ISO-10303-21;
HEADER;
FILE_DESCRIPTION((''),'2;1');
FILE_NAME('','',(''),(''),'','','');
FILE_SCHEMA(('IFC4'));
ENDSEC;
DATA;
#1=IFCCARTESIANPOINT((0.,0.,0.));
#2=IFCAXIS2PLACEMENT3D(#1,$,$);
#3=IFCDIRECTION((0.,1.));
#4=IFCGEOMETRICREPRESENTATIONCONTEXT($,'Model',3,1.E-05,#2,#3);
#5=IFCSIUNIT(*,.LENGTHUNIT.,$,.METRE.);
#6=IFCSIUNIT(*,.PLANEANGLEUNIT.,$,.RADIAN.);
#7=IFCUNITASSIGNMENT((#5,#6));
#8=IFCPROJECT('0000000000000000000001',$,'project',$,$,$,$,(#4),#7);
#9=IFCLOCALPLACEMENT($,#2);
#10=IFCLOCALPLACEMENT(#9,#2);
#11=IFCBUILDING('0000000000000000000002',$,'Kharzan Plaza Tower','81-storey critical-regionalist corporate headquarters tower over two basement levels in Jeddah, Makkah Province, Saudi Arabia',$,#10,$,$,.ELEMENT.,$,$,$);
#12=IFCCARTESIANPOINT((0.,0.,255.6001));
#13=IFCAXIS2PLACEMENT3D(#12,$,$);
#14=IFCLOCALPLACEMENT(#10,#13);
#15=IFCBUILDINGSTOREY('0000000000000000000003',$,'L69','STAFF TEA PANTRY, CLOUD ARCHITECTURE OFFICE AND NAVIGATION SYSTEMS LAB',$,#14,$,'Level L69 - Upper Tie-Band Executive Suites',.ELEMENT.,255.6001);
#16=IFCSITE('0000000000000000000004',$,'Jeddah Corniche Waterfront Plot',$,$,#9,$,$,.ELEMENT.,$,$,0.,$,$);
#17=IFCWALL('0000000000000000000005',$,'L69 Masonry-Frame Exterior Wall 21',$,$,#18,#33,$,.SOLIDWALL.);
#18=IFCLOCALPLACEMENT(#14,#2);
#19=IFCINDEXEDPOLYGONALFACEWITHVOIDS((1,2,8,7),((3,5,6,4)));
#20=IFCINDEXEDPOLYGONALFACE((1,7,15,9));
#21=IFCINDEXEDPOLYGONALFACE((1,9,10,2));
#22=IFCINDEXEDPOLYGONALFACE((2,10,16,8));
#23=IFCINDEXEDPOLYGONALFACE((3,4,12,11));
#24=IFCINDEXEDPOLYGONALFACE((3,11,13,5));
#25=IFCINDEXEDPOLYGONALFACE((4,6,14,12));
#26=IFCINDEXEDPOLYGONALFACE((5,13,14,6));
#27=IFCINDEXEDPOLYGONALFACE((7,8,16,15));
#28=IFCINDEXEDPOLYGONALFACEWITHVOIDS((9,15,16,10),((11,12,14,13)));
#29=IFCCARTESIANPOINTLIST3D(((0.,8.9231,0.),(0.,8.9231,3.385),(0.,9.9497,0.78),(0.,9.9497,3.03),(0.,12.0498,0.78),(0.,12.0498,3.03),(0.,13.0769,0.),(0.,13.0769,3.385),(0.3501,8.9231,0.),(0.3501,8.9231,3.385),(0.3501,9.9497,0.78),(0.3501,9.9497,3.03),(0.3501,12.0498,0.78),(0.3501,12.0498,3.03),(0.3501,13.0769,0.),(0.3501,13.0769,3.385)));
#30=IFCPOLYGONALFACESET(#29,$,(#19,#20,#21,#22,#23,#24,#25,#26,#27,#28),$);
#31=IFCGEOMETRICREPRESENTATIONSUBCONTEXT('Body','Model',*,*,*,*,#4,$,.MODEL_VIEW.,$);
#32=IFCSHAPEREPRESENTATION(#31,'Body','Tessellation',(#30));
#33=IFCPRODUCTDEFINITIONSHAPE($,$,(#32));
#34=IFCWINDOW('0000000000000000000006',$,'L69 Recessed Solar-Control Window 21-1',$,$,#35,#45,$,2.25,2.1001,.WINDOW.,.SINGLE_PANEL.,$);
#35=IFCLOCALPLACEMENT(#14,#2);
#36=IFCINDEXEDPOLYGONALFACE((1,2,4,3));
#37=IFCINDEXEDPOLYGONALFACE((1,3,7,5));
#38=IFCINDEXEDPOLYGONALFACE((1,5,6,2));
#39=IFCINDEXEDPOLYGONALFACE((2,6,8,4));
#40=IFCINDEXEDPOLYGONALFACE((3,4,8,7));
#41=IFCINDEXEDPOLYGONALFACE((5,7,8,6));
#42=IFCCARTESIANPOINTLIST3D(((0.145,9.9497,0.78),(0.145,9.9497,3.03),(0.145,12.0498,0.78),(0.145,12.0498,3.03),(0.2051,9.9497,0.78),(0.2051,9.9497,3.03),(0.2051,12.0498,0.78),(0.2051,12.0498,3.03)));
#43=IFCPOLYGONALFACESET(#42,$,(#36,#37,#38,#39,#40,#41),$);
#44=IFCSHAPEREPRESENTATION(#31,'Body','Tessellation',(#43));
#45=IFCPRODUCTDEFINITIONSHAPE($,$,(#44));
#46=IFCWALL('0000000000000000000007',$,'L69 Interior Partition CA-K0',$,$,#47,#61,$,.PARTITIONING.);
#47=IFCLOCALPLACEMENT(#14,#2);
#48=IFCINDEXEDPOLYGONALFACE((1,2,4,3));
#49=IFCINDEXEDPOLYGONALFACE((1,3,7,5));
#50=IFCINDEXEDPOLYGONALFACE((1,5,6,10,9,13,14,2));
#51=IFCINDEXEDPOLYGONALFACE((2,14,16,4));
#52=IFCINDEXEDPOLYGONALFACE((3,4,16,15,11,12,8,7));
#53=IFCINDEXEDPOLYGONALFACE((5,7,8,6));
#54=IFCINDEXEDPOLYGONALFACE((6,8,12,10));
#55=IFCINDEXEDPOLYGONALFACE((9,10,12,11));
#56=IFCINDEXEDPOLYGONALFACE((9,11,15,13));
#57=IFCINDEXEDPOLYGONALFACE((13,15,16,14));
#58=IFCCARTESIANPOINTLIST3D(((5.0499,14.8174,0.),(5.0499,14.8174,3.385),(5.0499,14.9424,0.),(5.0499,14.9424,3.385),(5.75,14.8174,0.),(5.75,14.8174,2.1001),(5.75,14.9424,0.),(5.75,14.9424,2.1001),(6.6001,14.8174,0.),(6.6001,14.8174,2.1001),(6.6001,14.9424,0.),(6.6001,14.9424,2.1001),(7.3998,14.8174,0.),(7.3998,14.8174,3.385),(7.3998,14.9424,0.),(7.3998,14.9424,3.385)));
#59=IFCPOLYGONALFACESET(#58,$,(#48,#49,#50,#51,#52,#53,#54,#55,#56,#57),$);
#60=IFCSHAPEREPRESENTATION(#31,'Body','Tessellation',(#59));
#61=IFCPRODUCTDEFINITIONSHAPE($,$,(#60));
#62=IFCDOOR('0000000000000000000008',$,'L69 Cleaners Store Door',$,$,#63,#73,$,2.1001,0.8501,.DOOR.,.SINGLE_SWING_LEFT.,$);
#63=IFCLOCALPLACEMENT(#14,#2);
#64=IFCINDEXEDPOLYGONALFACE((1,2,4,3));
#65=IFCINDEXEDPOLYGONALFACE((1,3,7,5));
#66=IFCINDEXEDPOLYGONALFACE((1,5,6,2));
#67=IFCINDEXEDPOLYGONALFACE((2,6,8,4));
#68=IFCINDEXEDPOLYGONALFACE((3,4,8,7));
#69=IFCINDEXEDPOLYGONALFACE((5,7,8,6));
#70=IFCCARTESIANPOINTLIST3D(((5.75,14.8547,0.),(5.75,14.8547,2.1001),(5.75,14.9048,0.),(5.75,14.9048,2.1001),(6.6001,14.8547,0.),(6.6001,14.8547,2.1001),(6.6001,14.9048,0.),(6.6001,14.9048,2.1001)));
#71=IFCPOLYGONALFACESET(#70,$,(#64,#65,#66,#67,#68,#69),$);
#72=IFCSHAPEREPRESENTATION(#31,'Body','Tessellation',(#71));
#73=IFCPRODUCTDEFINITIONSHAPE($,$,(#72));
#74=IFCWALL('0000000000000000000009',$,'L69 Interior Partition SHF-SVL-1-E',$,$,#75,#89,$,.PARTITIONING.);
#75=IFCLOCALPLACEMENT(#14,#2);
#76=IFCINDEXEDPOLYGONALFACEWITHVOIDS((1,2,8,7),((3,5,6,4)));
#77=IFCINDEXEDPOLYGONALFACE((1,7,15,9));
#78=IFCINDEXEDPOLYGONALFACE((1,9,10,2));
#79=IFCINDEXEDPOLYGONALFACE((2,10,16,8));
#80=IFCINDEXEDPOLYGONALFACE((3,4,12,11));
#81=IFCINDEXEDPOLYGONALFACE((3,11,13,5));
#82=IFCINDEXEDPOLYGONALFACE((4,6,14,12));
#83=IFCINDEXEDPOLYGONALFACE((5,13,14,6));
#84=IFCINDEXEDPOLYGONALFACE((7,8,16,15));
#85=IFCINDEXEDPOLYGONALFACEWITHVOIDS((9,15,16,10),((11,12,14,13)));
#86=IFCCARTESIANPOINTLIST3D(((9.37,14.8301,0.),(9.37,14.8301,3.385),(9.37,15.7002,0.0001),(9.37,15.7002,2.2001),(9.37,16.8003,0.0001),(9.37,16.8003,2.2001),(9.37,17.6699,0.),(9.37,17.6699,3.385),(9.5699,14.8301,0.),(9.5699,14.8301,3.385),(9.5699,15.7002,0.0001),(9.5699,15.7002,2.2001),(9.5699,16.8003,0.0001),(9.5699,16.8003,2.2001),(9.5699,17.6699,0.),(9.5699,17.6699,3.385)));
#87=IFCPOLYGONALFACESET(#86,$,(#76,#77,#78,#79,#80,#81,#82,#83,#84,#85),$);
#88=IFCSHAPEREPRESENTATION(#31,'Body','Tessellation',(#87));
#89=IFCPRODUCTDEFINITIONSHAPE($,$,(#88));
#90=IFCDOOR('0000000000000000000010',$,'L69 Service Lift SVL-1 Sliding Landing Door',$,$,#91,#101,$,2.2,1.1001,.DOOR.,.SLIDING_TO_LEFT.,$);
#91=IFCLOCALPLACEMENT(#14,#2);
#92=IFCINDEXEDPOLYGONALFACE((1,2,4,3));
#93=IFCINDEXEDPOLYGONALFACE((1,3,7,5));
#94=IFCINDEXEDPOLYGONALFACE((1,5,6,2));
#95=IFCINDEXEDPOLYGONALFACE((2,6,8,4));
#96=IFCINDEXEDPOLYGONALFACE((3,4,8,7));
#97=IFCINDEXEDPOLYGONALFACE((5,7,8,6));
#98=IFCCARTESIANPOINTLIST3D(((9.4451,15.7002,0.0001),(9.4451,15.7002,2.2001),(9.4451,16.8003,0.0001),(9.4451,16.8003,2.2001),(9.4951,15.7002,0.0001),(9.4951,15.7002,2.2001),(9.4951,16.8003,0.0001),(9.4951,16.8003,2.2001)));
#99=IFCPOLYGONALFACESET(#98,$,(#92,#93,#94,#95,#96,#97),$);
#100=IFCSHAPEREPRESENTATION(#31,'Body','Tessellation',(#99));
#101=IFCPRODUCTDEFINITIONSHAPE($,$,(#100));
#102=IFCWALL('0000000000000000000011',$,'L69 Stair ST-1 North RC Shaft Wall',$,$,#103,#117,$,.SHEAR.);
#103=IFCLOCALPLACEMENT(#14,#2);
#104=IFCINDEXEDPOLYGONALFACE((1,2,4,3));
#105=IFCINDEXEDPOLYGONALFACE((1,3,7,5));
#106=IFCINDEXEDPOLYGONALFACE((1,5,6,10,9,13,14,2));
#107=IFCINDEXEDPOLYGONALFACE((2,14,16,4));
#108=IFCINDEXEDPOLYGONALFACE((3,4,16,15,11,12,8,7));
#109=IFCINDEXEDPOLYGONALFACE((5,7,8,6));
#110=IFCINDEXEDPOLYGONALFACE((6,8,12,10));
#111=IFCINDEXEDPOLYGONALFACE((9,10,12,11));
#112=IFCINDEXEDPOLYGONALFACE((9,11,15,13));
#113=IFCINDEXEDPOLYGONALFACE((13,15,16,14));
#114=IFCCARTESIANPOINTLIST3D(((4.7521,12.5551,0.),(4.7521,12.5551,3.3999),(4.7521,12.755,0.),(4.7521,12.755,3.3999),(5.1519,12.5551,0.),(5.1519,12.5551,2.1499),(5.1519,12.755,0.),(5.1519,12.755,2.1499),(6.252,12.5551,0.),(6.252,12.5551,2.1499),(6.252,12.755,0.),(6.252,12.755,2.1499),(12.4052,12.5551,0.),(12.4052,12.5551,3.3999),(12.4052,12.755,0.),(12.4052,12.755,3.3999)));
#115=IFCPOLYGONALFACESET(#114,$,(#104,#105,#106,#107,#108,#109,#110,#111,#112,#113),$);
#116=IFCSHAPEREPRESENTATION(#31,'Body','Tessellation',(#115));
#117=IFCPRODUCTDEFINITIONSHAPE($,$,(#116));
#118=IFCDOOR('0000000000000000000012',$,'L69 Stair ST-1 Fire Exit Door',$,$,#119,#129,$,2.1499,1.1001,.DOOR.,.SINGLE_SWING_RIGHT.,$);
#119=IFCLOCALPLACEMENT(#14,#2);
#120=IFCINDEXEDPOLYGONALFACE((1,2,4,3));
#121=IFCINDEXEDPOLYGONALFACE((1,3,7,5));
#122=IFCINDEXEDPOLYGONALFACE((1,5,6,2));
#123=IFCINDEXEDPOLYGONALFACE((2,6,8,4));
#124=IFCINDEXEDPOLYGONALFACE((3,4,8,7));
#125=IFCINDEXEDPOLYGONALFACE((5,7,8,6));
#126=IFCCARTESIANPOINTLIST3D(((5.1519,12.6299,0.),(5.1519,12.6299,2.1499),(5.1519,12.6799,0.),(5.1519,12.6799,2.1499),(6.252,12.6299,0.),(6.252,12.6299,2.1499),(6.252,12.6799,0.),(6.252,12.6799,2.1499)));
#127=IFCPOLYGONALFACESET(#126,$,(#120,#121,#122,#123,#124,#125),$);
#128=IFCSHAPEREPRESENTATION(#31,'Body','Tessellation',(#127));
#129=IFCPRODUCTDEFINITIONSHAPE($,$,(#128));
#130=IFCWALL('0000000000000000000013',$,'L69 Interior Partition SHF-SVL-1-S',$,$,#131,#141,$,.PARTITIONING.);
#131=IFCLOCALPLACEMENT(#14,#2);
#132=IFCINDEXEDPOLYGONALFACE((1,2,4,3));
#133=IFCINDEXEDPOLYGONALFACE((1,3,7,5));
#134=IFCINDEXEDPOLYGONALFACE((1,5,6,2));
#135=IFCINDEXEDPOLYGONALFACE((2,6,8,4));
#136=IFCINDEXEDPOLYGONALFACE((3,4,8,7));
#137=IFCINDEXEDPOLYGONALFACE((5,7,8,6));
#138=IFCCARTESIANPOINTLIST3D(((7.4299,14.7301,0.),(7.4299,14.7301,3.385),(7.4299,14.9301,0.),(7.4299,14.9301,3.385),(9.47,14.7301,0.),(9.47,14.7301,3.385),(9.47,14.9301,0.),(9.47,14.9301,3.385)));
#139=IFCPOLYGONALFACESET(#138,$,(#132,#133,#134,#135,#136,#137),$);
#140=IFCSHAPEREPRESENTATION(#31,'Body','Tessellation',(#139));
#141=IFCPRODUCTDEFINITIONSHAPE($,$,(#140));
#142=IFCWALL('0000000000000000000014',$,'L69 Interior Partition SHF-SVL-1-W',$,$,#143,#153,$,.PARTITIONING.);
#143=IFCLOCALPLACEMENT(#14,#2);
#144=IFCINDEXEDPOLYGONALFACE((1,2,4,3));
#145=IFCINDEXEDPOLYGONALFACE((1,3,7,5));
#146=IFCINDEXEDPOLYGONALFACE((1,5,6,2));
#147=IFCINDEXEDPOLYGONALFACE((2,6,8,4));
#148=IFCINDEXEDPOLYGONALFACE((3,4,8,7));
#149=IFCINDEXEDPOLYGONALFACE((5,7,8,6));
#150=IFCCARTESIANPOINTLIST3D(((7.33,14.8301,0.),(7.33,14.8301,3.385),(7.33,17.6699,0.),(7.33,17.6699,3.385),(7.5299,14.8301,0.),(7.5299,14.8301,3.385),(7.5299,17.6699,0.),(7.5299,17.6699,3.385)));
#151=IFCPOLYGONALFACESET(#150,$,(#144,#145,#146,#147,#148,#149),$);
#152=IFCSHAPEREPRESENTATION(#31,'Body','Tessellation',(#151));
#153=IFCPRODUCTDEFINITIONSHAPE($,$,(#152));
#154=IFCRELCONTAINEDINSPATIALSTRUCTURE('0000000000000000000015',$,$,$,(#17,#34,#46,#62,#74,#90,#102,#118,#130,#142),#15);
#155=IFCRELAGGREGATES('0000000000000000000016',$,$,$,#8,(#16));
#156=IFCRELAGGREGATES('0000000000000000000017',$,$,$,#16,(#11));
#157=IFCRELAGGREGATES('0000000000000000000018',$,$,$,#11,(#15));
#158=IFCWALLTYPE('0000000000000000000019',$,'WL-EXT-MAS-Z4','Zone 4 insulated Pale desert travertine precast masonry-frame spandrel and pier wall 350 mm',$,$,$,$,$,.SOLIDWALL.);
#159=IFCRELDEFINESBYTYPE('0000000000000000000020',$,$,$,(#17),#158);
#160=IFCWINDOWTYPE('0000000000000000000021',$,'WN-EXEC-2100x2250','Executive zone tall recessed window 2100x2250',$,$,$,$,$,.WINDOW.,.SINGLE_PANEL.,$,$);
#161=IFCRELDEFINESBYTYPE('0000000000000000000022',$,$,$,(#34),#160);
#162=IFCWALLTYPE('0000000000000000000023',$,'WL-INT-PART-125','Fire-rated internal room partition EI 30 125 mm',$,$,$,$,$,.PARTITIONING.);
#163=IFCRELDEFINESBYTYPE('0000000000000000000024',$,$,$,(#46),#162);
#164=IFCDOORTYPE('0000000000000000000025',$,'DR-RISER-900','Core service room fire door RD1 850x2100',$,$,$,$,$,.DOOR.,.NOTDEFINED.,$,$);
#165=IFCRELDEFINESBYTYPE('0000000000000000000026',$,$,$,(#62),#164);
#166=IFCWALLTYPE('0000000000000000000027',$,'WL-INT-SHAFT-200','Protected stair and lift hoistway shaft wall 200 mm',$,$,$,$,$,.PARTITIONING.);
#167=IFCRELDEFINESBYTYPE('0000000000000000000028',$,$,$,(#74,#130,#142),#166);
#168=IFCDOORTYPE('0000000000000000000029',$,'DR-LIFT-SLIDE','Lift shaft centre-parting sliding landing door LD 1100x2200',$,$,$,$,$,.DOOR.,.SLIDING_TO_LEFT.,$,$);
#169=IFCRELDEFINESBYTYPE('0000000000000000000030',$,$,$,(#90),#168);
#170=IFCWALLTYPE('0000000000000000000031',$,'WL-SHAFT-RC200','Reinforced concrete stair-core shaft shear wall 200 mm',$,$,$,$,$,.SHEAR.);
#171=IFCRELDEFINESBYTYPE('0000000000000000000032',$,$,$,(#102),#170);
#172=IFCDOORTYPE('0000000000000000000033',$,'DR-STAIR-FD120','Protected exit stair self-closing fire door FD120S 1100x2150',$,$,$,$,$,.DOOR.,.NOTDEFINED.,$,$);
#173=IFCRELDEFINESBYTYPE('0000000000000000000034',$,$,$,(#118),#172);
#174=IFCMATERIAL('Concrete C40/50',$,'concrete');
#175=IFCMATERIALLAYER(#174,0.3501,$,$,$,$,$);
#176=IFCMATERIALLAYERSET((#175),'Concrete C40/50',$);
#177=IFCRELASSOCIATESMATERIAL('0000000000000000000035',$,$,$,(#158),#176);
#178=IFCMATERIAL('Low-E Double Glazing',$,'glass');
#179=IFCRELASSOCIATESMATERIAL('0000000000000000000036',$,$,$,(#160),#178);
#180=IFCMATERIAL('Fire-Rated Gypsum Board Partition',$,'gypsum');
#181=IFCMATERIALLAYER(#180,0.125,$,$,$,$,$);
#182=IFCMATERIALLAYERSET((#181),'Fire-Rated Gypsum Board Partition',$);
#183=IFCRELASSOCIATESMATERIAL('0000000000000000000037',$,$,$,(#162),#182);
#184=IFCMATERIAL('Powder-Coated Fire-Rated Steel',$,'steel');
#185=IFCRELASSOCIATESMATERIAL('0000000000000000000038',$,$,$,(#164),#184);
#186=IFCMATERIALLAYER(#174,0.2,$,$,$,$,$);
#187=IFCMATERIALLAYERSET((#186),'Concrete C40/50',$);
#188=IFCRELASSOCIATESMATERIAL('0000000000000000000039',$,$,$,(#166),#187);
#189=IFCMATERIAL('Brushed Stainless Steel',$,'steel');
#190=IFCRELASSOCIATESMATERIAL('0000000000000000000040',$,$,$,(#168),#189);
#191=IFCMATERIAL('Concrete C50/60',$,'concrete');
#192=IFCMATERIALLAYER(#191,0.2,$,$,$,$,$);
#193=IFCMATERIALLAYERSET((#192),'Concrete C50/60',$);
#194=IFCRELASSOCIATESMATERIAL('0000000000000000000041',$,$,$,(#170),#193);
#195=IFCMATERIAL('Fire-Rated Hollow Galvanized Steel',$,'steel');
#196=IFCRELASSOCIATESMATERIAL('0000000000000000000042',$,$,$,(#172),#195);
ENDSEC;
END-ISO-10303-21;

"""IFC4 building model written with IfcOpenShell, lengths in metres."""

from ifc_helpers import new_model, si_unit, direction, frame, frame_2d, origin, place, context, subcontext, project, spatial, rectangle, extrude, source, transform, mapped, material, layer, layer_set, type_object, element, fill, save


model = new_model("IFC4")

# Units and contexts
model_context = context("Model", 3, precision=1e-05, world=origin(), true_north=direction((0.0, 1.0)))
body_context = subcontext(model_context, "Body", "Model", "MODEL_VIEW")
ifc_project = project(units=[si_unit("LENGTHUNIT", "METRE"), si_unit("PLANEANGLEUNIT", "RADIAN")], contexts=[model_context])

# Site, building, storey
site_placement = place(None, origin())
site = spatial("IfcSite", under=ifc_project, at=site_placement, Name="Jeddah Corniche Waterfront Plot", CompositionType="ELEMENT", RefElevation=0.0)
building_placement = place(site_placement, origin())
building = spatial("IfcBuilding", under=site, at=building_placement, Name="Kharzan Plaza Tower", Description="81-storey critical-regionalist corporate headquarters tower over two basement levels in Jeddah, Makkah Province, Saudi Arabia", CompositionType="ELEMENT")
storey_placement = place(building_placement, frame((0.0, 0.0, 255.6001)))
storey = spatial("IfcBuildingStorey", under=building, at=storey_placement, Name="L69", Description="STAFF TEA PANTRY, CLOUD ARCHITECTURE OFFICE AND NAVIGATION SYSTEMS LAB", LongName="Level L69 - Upper Tie-Band Executive Suites", CompositionType="ELEMENT", Elevation=255.6001)

# Shared definitions
ifc_material_1 = material(Name="Concrete C50/60", Category="concrete")

# Wall, opening, window
ifc_material_2 = material(Name="Concrete C40/50", Category="concrete")
ifc_layer_1 = layer(ifc_material_2, 0.3501)
ifc_layer_set_1 = layer_set([ifc_layer_1], Name="Concrete C40/50")
wall_type_1 = type_object("IfcWallType", Name="WL-EXT-MAS-Z4", Description="Zone 4 insulated Pale desert travertine precast masonry-frame spandrel and pier wall 350 mm", PredefinedType="SOLIDWALL", material=ifc_layer_set_1)
ifc_material_3 = material(Name="Low-E Double Glazing", Category="glass")
window_type = type_object("IfcWindowType", Name="WN-EXEC-2100x2250", Description="Executive zone tall recessed window 2100x2250", PartitioningType="SINGLE_PANEL", PredefinedType="WINDOW", material=ifc_material_3)
shared_shape_1 = source(origin(), body_context, "Body", "SweptSolid", [
    extrude(rectangle(XDim=2.1001, YDim=2.25, at=frame_2d((1.05, 1.125))), frame((0.0, 0.03, 0.0), z_axis=(0.0, -1.0, 0.0), x_axis=(1.0, 0.0, 0.0)), (0.0, 0.0, 1.0), 0.0601),
])
wall_1_placement = place(storey_placement, frame((0.175, 13.0769, 0.0), z_axis=(0.0, 0.0, 1.0), x_axis=(0.0, -1.0, 0.0)))
wall_1 = element("IfcWall", 1, at=wall_1_placement, inside=storey, type_object=wall_type_1, Name="L69 Masonry-Frame Exterior Wall 21", PredefinedType="SOLIDWALL", context=body_context, shape_type="SweptSolid", body=[
    extrude(rectangle(XDim=4.1538, YDim=0.3501, at=frame_2d((2.0769, 0.0))), origin(), (0.0, 0.0, 1.0), 3.385),
])
opening_1_placement = place(wall_1_placement, frame((1.0271, 0.0, 0.78)))
opening_1 = element("IfcOpeningElement", 2, at=opening_1_placement, cuts=wall_1, PredefinedType="OPENING", context=body_context, shape_type="SweptSolid", body=[
    extrude(rectangle(XDim=2.1001, YDim=2.25, at=frame_2d((1.05, 1.125))), frame((0.0, 0.1851, 0.0), z_axis=(0.0, -1.0, 0.0), x_axis=(1.0, 0.0, 0.0)), (0.0, 0.0, 1.0), 0.3701),
])
window_1_placement = place(opening_1_placement, origin())
window_1 = element("IfcWindow", 3, at=window_1_placement, inside=storey, type_object=window_type, Name="L69 Recessed Solar-Control Window 21-1", OverallHeight=2.25, OverallWidth=2.1001, PartitioningType="SINGLE_PANEL", PredefinedType="WINDOW", context=body_context, shape_type="MappedRepresentation", body=[
    mapped(shared_shape_1, transform((0.0, 0.0, 0.0), x_axis=(1.0, 0.0, 0.0), y_axis=(0.0, 1.0, 0.0), z_axis=(0.0, 0.0, 1.0))),
])
fill(opening_1, window_1)

# Walls, openings, doors
ifc_material_4 = material(Name="Fire-Rated Gypsum Board Partition", Category="gypsum")
ifc_layer_2 = layer(ifc_material_4, 0.125)
ifc_layer_set_2 = layer_set([ifc_layer_2], Name="Fire-Rated Gypsum Board Partition")
wall_type_2 = type_object("IfcWallType", Name="WL-INT-PART-125", Description="Fire-rated internal room partition EI 30 125 mm", PredefinedType="PARTITIONING", material=ifc_layer_set_2)
wall_2_placement = place(storey_placement, frame((5.05, 14.8799, 0.0), z_axis=(0.0, 0.0, 1.0), x_axis=(1.0, 0.0, 0.0)))
wall_2 = element("IfcWall", 4, at=wall_2_placement, inside=storey, type_object=wall_type_2, Name="L69 Interior Partition CA-K0", PredefinedType="PARTITIONING", context=body_context, shape_type="SweptSolid", body=[
    extrude(rectangle(XDim=2.3499, YDim=0.125, at=frame_2d((1.1748, 0.0))), origin(), (0.0, 0.0, 1.0), 3.385),
])
opening_2_placement = place(wall_2_placement, frame((0.7, 0.0, 0.0)))
opening_2 = element("IfcOpeningElement", 5, at=opening_2_placement, cuts=wall_2, PredefinedType="OPENING", context=body_context, shape_type="SweptSolid", body=[
    extrude(rectangle(XDim=0.8501, YDim=2.1001, at=frame_2d((0.425, 1.05))), frame((0.0, 0.0725, 0.0), z_axis=(0.0, -1.0, 0.0), x_axis=(1.0, 0.0, 0.0)), (0.0, 0.0, 1.0), 0.145),
])
ifc_material_5 = material(Name="Powder-Coated Fire-Rated Steel", Category="steel")
door_type_1 = type_object("IfcDoorType", Name="DR-RISER-900", Description="Core service room fire door RD1 850x2100", OperationType="NOTDEFINED", PredefinedType="DOOR", material=ifc_material_5)
shared_shape_2 = source(origin(), body_context, "Body", "SweptSolid", [
    extrude(rectangle(XDim=0.8501, YDim=2.1001, at=frame_2d((0.425, 1.05))), frame((0.0, 0.0249, 0.0), z_axis=(0.0, -1.0, 0.0), x_axis=(1.0, 0.0, 0.0)), (0.0, 0.0, 1.0), 0.05),
])
door_1_placement = place(opening_2_placement, origin())
door_1 = element("IfcDoor", 6, at=door_1_placement, inside=storey, type_object=door_type_1, Name="L69 Cleaners Store Door", OperationType="SINGLE_SWING_LEFT", OverallHeight=2.1001, OverallWidth=0.8501, PredefinedType="DOOR", context=body_context, shape_type="MappedRepresentation", body=[
    mapped(shared_shape_2, transform((0.0, 0.0, 0.0), x_axis=(1.0, 0.0, 0.0), y_axis=(0.0, 1.0, 0.0), z_axis=(0.0, 0.0, 1.0))),
])
fill(opening_2, door_1)
ifc_layer_3 = layer(ifc_material_2, 0.2)
ifc_layer_set_3 = layer_set([ifc_layer_3], Name="Concrete C40/50")
wall_type_3 = type_object("IfcWallType", Name="WL-INT-SHAFT-200", Description="Protected stair and lift hoistway shaft wall 200 mm", PredefinedType="PARTITIONING", material=ifc_layer_set_3)
wall_3_placement = place(storey_placement, frame((9.47, 14.8301, 0.0), z_axis=(0.0, 0.0, 1.0), x_axis=(0.0, 1.0, 0.0)))
wall_3 = element("IfcWall", 7, at=wall_3_placement, inside=storey, type_object=wall_type_3, Name="L69 Interior Partition SHF-SVL-1-E", PredefinedType="PARTITIONING", context=body_context, shape_type="SweptSolid", body=[
    extrude(rectangle(XDim=2.8398, YDim=0.2, at=frame_2d((1.4199, 0.0))), origin(), (0.0, 0.0, 1.0), 3.385),
])
opening_3_placement = place(wall_3_placement, frame((0.8701, 0.0, 0.0)))
opening_3 = element("IfcOpeningElement", 8, at=opening_3_placement, cuts=wall_3, PredefinedType="OPENING", context=body_context, shape_type="SweptSolid", body=[
    extrude(rectangle(XDim=1.1001, YDim=2.2, at=frame_2d((0.55, 1.1001))), frame((0.0, 0.1099, 0.0), z_axis=(0.0, -1.0, 0.0), x_axis=(1.0, 0.0, 0.0)), (0.0, 0.0, 1.0), 0.22),
])
ifc_material_6 = material(Name="Brushed Stainless Steel", Category="steel")
door_type_2 = type_object("IfcDoorType", Name="DR-LIFT-SLIDE", Description="Lift shaft centre-parting sliding landing door LD 1100x2200", OperationType="SLIDING_TO_LEFT", PredefinedType="DOOR", material=ifc_material_6)
shared_shape_3 = source(origin(), body_context, "Body", "SweptSolid", [
    extrude(rectangle(XDim=1.1001, YDim=2.2, at=frame_2d((0.55, 1.1001))), frame((0.0, 0.0249, 0.0), z_axis=(0.0, -1.0, 0.0), x_axis=(1.0, 0.0, 0.0)), (0.0, 0.0, 1.0), 0.05),
])
door_2_placement = place(opening_3_placement, origin())
door_2 = element("IfcDoor", 9, at=door_2_placement, inside=storey, type_object=door_type_2, Name="L69 Service Lift SVL-1 Sliding Landing Door", OperationType="SLIDING_TO_LEFT", OverallHeight=2.2, OverallWidth=1.1001, PredefinedType="DOOR", context=body_context, shape_type="MappedRepresentation", body=[
    mapped(shared_shape_3, transform((0.0, 0.0, 0.0), x_axis=(1.0, 0.0, 0.0), y_axis=(0.0, 1.0, 0.0), z_axis=(0.0, 0.0, 1.0))),
])
fill(opening_3, door_2)
ifc_layer_4 = layer(ifc_material_1, 0.2)
ifc_layer_set_4 = layer_set([ifc_layer_4], Name="Concrete C50/60")
wall_type_4 = type_object("IfcWallType", Name="WL-SHAFT-RC200", Description="Reinforced concrete stair-core shaft shear wall 200 mm", PredefinedType="SHEAR", material=ifc_layer_set_4)
wall_4_placement = place(storey_placement, frame((4.752, 12.655, 0.0), z_axis=(0.0, 0.0, 1.0), x_axis=(1.0, 0.0, 0.0)))
wall_4 = element("IfcWall", 10, at=wall_4_placement, inside=storey, type_object=wall_type_4, Name="L69 Stair ST-1 North RC Shaft Wall", PredefinedType="SHEAR", context=body_context, shape_type="SweptSolid", body=[
    extrude(rectangle(XDim=7.6531, YDim=0.2, at=frame_2d((3.8267, 0.0))), origin(), (0.0, 0.0, 1.0), 3.3999),
])
opening_4_placement = place(wall_4_placement, frame((0.3999, 0.0, 0.0)))
opening_4 = element("IfcOpeningElement", 11, at=opening_4_placement, cuts=wall_4, PredefinedType="OPENING", context=body_context, shape_type="SweptSolid", body=[
    extrude(rectangle(XDim=1.1001, YDim=2.1499, at=frame_2d((0.55, 1.075))), frame((0.0, 0.1099, 0.0), z_axis=(0.0, -1.0, 0.0), x_axis=(1.0, 0.0, 0.0)), (0.0, 0.0, 1.0), 0.22),
])
ifc_material_7 = material(Name="Fire-Rated Hollow Galvanized Steel", Category="steel")
door_type_3 = type_object("IfcDoorType", Name="DR-STAIR-FD120", Description="Protected exit stair self-closing fire door FD120S 1100x2150", OperationType="NOTDEFINED", PredefinedType="DOOR", material=ifc_material_7)
shared_shape_4 = source(origin(), body_context, "Body", "SweptSolid", [
    extrude(rectangle(XDim=1.1001, YDim=2.1499, at=frame_2d((0.55, 1.075))), frame((0.0, 0.0249, 0.0), z_axis=(0.0, -1.0, 0.0), x_axis=(1.0, 0.0, 0.0)), (0.0, 0.0, 1.0), 0.05),
])
door_3_placement = place(opening_4_placement, origin())
door_3 = element("IfcDoor", 12, at=door_3_placement, inside=storey, type_object=door_type_3, Name="L69 Stair ST-1 Fire Exit Door", OperationType="SINGLE_SWING_RIGHT", OverallHeight=2.1499, OverallWidth=1.1001, PredefinedType="DOOR", context=body_context, shape_type="MappedRepresentation", body=[
    mapped(shared_shape_4, transform((0.0, 0.0, 0.0), x_axis=(1.0, 0.0, 0.0), y_axis=(0.0, 1.0, 0.0), z_axis=(0.0, 0.0, 1.0))),
])
fill(opening_4, door_3)

# Walls
shared_shape_5 = source(origin(), body_context, "Body", "SweptSolid", [
    extrude(rectangle(XDim=2.04, YDim=0.2, at=frame_2d((1.02, 0.0))), origin(), (0.0, 0.0, 1.0), 3.385),
])
wall_5_placement = place(storey_placement, frame((7.4299, 14.8301, 0.0), z_axis=(0.0, 0.0, 1.0), x_axis=(1.0, 0.0, 0.0)))
element("IfcWall", 13, at=wall_5_placement, inside=storey, type_object=wall_type_3, Name="L69 Interior Partition SHF-SVL-1-S", PredefinedType="PARTITIONING", context=body_context, shape_type="MappedRepresentation", body=[
    mapped(shared_shape_5, transform((0.0, 0.0, 0.0), x_axis=(1.0, 0.0, 0.0), y_axis=(0.0, 1.0, 0.0), z_axis=(0.0, 0.0, 1.0))),
])
shared_shape_6 = source(origin(), body_context, "Body", "SweptSolid", [
    extrude(rectangle(XDim=2.8398, YDim=0.2, at=frame_2d((1.4199, 0.0))), origin(), (0.0, 0.0, 1.0), 3.385),
])
wall_6_placement = place(storey_placement, frame((7.4299, 14.8301, 0.0), z_axis=(0.0, 0.0, 1.0), x_axis=(0.0, 1.0, 0.0)))
element("IfcWall", 14, at=wall_6_placement, inside=storey, type_object=wall_type_3, Name="L69 Interior Partition SHF-SVL-1-W", PredefinedType="PARTITIONING", context=body_context, shape_type="MappedRepresentation", body=[
    mapped(shared_shape_6, transform((0.0, 0.0, 0.0), x_axis=(1.0, 0.0, 0.0), y_axis=(0.0, 1.0, 0.0), z_axis=(0.0, 0.0, 1.0))),
])

save(model, "model.ifc")
